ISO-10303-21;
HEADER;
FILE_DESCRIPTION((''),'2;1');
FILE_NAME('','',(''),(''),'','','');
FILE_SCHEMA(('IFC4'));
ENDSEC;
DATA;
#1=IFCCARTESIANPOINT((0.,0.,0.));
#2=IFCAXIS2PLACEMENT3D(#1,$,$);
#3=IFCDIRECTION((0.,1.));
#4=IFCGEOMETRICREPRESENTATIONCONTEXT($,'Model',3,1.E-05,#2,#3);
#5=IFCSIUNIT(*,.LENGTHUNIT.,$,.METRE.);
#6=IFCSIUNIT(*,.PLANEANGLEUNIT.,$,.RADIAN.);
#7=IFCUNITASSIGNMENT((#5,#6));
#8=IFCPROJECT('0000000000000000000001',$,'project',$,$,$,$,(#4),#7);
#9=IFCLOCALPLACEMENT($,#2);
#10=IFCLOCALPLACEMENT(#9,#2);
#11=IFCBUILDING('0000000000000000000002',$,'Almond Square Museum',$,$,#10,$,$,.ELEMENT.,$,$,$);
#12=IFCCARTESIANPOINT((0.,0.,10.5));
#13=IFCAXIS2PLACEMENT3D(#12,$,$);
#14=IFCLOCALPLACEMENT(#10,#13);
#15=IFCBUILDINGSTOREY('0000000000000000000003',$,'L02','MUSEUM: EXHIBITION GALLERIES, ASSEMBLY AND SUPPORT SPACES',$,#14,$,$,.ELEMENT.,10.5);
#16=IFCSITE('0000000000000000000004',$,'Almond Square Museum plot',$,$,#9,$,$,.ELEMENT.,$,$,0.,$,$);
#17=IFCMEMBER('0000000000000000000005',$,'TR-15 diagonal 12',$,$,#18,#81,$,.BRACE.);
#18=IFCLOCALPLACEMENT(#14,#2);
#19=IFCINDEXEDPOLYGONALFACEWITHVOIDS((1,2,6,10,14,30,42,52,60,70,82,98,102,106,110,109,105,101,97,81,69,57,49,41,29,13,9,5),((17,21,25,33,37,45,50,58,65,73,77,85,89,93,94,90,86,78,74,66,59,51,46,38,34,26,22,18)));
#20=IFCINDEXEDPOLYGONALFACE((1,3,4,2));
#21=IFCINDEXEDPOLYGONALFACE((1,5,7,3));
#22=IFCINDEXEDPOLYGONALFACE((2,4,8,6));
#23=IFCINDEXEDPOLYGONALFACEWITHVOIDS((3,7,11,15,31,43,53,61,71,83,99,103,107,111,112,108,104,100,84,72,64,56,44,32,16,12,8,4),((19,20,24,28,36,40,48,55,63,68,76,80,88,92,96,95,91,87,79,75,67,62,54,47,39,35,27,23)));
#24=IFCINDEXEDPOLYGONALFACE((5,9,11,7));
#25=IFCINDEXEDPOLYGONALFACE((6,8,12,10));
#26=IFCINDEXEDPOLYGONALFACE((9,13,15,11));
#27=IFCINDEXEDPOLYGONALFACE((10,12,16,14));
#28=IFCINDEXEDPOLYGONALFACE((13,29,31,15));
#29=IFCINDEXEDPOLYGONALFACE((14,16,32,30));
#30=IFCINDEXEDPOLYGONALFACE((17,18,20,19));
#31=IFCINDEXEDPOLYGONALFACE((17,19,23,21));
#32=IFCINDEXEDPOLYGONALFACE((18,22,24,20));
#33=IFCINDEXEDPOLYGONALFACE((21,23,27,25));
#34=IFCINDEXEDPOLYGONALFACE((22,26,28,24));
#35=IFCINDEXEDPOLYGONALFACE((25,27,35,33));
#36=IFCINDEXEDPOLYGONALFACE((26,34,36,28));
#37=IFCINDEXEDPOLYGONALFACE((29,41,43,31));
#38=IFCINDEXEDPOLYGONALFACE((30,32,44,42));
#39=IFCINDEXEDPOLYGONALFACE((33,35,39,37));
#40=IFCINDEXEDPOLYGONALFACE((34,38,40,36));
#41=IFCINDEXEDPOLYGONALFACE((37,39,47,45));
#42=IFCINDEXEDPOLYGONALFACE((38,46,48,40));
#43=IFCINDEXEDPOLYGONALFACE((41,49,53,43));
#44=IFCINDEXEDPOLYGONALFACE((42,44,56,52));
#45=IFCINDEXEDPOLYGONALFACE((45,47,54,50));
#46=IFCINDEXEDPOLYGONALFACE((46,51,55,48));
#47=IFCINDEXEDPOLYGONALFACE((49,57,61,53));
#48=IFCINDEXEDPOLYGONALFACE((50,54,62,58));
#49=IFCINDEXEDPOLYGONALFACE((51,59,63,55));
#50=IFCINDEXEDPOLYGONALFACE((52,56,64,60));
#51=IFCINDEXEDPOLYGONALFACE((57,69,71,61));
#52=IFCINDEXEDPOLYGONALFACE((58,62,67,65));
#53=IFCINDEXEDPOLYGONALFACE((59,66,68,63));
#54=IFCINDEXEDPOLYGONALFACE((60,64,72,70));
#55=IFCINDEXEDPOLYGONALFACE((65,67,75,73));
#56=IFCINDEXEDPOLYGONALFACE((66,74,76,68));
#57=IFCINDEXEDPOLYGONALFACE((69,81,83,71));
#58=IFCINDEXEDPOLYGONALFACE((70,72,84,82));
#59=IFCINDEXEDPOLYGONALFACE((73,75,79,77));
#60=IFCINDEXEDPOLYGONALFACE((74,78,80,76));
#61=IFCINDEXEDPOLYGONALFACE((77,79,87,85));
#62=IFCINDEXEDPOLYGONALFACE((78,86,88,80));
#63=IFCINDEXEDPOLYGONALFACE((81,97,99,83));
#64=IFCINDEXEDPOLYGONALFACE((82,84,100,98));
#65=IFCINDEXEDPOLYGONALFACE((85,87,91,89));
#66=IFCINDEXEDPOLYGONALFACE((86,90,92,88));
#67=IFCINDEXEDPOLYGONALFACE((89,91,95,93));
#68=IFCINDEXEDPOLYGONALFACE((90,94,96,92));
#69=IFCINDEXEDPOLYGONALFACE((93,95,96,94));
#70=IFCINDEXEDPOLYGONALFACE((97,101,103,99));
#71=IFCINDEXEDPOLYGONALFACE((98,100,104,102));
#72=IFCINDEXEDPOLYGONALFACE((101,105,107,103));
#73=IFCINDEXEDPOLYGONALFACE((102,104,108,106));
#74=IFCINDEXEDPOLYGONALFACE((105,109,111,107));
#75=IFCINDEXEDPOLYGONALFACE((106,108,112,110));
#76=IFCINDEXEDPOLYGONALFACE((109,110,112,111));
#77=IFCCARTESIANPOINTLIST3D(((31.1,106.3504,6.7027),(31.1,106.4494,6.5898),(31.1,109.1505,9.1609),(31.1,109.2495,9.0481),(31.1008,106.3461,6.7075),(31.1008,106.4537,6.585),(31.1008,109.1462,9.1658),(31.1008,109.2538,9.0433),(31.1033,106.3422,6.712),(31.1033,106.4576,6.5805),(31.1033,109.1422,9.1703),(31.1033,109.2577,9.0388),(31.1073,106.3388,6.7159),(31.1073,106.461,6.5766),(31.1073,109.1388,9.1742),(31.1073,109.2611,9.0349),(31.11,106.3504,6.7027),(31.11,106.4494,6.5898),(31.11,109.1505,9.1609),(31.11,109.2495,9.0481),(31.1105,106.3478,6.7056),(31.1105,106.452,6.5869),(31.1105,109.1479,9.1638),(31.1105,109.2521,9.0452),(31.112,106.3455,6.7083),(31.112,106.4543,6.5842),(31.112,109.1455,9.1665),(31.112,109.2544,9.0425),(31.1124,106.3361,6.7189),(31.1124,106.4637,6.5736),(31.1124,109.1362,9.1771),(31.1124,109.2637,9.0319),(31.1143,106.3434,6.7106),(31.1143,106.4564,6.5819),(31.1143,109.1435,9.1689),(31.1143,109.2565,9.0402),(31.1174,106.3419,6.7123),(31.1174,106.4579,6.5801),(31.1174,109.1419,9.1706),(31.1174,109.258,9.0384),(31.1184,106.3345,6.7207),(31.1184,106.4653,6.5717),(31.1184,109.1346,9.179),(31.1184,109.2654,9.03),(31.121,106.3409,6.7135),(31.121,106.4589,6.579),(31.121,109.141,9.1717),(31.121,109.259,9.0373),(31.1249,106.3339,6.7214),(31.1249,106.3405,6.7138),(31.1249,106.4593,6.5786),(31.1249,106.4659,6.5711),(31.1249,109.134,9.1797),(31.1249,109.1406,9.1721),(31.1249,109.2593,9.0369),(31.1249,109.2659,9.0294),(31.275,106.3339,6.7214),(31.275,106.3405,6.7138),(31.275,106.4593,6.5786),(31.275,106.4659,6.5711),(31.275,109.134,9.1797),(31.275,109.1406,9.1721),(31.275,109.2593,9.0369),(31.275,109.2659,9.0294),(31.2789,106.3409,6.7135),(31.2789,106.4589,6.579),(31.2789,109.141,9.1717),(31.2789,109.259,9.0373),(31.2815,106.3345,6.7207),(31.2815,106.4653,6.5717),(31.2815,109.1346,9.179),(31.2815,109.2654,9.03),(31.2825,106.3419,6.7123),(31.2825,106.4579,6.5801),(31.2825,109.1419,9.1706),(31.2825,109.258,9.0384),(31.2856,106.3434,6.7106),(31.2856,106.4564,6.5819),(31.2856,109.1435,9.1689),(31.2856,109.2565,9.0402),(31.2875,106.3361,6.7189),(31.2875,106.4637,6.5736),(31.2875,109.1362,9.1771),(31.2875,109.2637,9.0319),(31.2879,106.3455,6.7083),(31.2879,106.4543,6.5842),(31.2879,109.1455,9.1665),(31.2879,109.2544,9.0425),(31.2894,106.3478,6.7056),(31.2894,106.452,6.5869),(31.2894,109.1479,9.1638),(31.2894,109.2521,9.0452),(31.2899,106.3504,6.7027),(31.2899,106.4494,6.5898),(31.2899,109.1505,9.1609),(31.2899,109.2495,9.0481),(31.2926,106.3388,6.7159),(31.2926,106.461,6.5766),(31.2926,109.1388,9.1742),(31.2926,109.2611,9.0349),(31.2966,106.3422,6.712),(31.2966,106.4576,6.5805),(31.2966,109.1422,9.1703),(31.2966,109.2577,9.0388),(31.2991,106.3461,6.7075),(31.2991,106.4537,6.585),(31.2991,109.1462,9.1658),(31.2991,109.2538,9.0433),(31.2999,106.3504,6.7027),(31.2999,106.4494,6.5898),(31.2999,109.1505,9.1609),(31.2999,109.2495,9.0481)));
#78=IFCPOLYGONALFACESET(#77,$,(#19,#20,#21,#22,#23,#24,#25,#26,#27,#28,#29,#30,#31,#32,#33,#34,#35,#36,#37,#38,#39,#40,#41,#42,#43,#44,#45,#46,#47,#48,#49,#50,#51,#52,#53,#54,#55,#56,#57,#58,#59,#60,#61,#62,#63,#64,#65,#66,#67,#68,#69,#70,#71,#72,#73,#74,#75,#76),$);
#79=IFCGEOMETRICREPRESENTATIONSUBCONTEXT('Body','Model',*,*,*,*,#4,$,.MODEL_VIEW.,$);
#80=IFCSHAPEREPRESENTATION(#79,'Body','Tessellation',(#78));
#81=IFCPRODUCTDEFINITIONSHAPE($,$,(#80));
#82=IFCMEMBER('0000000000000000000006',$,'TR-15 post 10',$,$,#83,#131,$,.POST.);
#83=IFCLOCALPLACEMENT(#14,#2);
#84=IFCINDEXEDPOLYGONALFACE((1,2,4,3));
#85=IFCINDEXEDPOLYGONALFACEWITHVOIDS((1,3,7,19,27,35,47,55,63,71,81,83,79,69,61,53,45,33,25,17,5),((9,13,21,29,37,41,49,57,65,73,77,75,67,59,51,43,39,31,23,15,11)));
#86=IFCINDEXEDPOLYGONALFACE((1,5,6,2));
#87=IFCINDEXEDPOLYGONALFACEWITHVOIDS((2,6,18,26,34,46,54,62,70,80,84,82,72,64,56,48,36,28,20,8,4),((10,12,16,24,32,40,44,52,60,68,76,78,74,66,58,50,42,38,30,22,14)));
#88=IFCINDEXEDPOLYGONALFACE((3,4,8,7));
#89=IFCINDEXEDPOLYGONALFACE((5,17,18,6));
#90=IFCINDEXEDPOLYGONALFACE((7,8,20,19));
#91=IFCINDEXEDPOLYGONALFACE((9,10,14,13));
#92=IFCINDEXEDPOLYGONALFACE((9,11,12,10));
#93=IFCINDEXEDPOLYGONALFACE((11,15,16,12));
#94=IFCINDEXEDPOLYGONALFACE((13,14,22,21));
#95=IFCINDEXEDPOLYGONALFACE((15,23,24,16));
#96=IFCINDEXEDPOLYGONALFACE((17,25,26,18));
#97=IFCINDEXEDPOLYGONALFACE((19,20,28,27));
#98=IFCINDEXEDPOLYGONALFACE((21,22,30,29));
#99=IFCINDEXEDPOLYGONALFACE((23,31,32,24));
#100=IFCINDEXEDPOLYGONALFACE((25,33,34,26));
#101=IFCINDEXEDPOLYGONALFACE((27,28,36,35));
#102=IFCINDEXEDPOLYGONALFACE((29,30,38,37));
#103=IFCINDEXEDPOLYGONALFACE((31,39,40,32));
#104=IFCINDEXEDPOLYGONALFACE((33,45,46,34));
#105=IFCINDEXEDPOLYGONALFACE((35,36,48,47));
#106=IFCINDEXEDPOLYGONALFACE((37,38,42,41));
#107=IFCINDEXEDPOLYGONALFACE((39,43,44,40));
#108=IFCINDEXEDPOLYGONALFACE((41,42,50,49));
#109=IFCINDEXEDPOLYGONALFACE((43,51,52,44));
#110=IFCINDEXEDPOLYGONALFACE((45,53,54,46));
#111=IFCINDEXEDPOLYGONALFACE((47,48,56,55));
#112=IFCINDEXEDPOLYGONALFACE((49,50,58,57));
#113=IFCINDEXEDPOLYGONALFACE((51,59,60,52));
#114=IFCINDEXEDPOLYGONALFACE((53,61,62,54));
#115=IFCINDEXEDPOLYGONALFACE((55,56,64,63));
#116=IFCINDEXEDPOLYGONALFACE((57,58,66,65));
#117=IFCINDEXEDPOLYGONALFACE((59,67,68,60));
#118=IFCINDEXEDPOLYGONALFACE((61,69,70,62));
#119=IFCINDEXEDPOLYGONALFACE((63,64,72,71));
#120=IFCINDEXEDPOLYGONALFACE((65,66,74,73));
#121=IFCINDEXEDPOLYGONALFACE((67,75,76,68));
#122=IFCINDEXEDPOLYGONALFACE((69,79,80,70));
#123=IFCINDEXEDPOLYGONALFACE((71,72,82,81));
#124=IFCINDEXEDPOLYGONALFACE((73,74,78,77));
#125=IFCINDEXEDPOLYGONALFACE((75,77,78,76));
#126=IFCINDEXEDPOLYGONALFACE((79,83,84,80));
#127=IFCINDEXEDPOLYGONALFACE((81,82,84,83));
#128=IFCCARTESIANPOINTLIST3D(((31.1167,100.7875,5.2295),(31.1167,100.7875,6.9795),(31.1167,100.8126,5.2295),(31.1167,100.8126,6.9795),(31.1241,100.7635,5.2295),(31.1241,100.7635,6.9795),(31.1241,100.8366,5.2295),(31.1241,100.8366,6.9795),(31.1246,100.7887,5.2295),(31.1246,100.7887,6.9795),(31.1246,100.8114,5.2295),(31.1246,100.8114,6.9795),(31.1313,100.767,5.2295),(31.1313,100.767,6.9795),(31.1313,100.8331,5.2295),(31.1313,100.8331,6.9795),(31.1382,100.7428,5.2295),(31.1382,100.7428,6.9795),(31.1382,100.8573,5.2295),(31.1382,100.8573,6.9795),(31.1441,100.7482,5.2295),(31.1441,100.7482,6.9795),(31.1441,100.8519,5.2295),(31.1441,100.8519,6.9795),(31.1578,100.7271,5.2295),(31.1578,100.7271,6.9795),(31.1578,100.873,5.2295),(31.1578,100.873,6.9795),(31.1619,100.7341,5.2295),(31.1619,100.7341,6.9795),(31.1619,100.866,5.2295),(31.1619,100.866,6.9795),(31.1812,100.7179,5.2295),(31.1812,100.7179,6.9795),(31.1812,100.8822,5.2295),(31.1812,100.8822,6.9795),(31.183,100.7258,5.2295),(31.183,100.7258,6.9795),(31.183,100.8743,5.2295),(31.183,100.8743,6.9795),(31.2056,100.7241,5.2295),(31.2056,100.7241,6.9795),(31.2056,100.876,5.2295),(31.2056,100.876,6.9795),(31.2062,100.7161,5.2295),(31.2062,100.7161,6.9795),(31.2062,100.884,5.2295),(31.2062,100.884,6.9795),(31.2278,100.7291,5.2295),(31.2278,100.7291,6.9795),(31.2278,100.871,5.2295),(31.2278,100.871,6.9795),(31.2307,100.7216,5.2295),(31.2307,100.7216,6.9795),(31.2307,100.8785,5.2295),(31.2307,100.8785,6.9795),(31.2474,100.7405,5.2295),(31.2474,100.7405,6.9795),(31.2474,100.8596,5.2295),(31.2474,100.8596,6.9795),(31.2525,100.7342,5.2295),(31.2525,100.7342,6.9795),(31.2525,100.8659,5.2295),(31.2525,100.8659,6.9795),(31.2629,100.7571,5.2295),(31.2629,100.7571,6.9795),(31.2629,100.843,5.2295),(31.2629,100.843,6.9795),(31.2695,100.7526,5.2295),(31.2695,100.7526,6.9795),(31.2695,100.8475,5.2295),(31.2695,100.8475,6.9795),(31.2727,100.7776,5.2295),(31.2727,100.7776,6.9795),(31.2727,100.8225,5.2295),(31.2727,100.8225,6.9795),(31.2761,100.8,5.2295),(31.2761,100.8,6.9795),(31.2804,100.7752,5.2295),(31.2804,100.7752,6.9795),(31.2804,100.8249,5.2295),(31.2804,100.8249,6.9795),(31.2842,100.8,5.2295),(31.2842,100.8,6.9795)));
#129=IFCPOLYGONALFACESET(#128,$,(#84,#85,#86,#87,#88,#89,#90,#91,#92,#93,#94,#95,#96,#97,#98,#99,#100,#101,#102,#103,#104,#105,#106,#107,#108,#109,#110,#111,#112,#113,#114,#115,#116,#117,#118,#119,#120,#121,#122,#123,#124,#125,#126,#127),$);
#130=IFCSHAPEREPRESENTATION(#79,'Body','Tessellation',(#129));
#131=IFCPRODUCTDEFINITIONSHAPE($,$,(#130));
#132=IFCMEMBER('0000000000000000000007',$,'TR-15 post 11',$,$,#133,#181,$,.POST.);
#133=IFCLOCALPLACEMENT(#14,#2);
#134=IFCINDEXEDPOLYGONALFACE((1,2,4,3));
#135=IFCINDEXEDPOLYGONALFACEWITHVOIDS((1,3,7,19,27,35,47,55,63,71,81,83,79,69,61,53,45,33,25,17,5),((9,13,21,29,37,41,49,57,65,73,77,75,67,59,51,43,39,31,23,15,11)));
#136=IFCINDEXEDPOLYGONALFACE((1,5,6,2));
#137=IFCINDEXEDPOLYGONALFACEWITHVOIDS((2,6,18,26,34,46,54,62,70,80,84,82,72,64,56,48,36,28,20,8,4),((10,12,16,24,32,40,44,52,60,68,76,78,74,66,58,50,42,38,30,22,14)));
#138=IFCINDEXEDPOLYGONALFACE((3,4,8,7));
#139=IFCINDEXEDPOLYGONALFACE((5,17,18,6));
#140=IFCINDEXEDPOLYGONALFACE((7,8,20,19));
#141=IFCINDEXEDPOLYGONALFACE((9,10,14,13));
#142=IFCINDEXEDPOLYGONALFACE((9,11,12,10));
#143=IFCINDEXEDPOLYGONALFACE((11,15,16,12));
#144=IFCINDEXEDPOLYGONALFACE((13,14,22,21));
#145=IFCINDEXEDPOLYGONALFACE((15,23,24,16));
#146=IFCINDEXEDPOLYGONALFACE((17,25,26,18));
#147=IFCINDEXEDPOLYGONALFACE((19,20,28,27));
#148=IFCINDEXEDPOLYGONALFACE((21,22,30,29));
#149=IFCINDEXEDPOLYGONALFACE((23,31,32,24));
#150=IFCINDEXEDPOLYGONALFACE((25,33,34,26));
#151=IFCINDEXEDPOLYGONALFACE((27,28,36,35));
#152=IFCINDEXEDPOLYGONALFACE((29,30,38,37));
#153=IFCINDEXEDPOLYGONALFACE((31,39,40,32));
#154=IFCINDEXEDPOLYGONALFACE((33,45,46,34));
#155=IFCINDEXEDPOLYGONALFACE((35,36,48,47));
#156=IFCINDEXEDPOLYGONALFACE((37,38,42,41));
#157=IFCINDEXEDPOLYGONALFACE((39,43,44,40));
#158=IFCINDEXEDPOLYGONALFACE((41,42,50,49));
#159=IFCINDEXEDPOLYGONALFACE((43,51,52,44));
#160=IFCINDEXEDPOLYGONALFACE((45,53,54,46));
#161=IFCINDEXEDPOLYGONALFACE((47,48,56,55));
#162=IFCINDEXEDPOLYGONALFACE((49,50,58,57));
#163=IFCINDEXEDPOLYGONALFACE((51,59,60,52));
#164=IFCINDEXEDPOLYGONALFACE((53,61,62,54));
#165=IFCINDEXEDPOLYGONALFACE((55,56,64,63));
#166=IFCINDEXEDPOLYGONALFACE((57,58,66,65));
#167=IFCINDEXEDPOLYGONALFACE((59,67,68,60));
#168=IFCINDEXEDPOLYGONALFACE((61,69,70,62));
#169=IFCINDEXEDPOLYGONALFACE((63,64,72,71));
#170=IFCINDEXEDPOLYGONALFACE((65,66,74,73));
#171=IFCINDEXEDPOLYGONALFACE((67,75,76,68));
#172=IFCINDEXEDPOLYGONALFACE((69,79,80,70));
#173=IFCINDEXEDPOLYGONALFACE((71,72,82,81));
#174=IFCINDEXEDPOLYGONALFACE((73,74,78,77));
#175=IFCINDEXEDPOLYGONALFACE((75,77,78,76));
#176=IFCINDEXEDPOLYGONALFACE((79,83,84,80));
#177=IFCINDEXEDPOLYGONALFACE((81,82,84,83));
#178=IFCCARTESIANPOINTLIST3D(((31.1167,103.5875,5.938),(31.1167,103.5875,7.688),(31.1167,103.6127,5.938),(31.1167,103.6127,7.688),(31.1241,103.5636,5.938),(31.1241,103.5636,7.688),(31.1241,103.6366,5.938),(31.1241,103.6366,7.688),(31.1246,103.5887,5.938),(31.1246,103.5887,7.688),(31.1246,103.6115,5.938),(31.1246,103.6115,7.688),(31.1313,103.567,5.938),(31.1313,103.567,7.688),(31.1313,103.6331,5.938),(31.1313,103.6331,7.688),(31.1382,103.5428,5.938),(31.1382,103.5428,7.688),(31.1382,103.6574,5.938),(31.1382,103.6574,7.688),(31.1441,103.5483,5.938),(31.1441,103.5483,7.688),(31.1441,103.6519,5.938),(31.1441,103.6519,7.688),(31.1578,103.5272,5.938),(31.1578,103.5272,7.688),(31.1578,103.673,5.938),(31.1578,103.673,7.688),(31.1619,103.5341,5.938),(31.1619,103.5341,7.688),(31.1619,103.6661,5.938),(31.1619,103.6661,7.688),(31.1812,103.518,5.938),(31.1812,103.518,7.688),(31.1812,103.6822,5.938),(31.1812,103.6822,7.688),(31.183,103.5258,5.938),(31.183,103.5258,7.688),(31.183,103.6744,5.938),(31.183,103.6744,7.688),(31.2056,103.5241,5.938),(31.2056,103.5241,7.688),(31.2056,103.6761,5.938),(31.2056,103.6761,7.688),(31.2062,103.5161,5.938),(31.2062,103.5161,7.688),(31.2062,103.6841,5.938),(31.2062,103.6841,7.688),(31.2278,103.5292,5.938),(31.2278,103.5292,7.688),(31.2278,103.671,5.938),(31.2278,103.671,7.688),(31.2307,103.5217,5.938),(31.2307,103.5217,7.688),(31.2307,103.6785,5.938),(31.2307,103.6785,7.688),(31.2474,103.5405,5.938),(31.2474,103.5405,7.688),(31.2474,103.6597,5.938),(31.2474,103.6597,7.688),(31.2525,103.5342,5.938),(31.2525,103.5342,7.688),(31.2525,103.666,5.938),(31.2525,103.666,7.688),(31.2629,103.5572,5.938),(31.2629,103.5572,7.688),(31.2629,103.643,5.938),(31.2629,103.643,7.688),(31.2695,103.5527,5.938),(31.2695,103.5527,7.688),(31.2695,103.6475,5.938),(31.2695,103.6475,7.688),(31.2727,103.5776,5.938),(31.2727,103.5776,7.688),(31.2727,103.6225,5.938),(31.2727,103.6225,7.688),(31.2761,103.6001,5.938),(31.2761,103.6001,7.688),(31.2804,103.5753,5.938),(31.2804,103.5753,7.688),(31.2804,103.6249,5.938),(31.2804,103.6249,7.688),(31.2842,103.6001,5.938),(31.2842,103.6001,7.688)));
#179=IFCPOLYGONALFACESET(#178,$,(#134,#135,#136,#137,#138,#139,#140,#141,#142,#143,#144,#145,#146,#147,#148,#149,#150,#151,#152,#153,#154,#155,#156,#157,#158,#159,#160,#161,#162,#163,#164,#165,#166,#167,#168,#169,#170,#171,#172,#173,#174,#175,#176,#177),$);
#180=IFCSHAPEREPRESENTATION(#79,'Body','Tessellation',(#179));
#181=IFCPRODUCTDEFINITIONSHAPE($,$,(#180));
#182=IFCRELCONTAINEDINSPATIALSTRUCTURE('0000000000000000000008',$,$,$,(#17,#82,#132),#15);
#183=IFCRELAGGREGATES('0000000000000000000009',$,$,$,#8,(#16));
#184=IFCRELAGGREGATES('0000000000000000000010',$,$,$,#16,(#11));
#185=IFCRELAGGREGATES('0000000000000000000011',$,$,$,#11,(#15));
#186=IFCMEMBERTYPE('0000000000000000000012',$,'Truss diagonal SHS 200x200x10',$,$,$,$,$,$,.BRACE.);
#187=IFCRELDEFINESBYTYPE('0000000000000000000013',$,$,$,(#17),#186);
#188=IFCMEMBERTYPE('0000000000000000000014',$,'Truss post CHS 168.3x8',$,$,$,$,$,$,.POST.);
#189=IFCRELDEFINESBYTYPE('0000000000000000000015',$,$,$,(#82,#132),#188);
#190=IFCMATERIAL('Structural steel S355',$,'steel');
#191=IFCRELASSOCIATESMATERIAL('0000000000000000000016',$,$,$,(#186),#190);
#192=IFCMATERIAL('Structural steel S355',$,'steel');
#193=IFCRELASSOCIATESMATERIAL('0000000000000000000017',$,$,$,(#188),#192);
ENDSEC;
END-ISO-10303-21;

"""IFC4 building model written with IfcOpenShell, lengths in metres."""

from ifc_helpers import new_model, si_unit, direction, frame, origin, origin_2d, place, context, subcontext, project, spatial, hollow_rectangle, hollow_circle, extrude, material, material_profile, profile_set, type_object, element, save


model = new_model("IFC4")

# Units and contexts
model_context = context("Model", 3, precision=1e-05, world=origin(), true_north=direction((0.0, 1.0)))
body_context = subcontext(model_context, "Body", "Model", "MODEL_VIEW")
ifc_project = project(units=[si_unit("LENGTHUNIT", "METRE"), si_unit("PLANEANGLEUNIT", "RADIAN")], contexts=[model_context])

# Site, building, storey
site_placement = place(None, origin())
site = spatial("IfcSite", under=ifc_project, at=site_placement, Name="Almond Square Museum plot", CompositionType="ELEMENT", RefElevation=0.0)
building_placement = place(site_placement, origin())
building = spatial("IfcBuilding", under=site, at=building_placement, Name="Almond Square Museum", CompositionType="ELEMENT")
storey_placement = place(building_placement, frame((0.0, 0.0, 10.5)))
storey = spatial("IfcBuildingStorey", under=building, at=storey_placement, Name="L02", Description="MUSEUM: EXHIBITION GALLERIES, ASSEMBLY AND SUPPORT SPACES", CompositionType="ELEMENT", Elevation=10.5)

# Members
ifc_material_1 = material(Name="Structural steel S355", Category="steel")
ifc_material_profile_1 = material_profile(ifc_material_1, hollow_rectangle(XDim=0.2, YDim=0.2, WallThickness=0.01, InnerFilletRadius=0.0149, OuterFilletRadius=0.0249, at=origin_2d()))
ifc_profile_set_1 = profile_set([ifc_material_profile_1], Name="Structural steel S355")
member_type_1 = type_object("IfcMemberType", Name="Truss diagonal SHS 200x200x10", PredefinedType="BRACE", material=ifc_profile_set_1)
member_1_placement = place(storey_placement, frame((31.2, 106.3999, 6.6462), z_axis=(0.0, 0.751484, 0.659752), x_axis=(-1.0, 0.0, 0.0)))
element("IfcMember", 1, at=member_1_placement, inside=storey, type_object=member_type_1, Name="TR-15 diagonal 12", PredefinedType="BRACE", context=body_context, shape_type="SweptSolid", body=[
    extrude(hollow_rectangle(XDim=0.2, YDim=0.2, WallThickness=0.01, InnerFilletRadius=0.0149, OuterFilletRadius=0.0249, at=origin_2d()), origin(), (0.0, 0.0, 1.0), 3.7261),
])
ifc_material_2 = material(Name="Structural steel S355", Category="steel")
ifc_material_profile_2 = material_profile(ifc_material_2, hollow_circle(Radius=0.0842, WallThickness=0.0081, at=origin_2d()))
ifc_profile_set_2 = profile_set([ifc_material_profile_2], Name="Structural steel S355")
member_type_2 = type_object("IfcMemberType", Name="Truss post CHS 168.3x8", PredefinedType="POST", material=ifc_profile_set_2)
for number, where, z_axis, x_axis, name in (
    (2, (31.2, 100.8, 5.2295), (0.0, 0.0, 1.0), (1.0, 0.0, 0.0), "TR-15 post 10"),
    (3, (31.2, 103.6001, 5.938), (0.0, 0.0, 1.0), (1.0, 0.0, 0.0), "TR-15 post 11"),
):
    element("IfcMember", number, at=place(storey_placement, frame(where, z_axis=z_axis, x_axis=x_axis)), inside=storey, type_object=member_type_2, Name=name, PredefinedType="POST", context=body_context, shape_type="SweptSolid", body=[
        extrude(hollow_circle(Radius=0.0842, WallThickness=0.0081, at=origin_2d()), origin(), (0.0, 0.0, 1.0), 1.75),
    ])

save(model, "model.ifc")
